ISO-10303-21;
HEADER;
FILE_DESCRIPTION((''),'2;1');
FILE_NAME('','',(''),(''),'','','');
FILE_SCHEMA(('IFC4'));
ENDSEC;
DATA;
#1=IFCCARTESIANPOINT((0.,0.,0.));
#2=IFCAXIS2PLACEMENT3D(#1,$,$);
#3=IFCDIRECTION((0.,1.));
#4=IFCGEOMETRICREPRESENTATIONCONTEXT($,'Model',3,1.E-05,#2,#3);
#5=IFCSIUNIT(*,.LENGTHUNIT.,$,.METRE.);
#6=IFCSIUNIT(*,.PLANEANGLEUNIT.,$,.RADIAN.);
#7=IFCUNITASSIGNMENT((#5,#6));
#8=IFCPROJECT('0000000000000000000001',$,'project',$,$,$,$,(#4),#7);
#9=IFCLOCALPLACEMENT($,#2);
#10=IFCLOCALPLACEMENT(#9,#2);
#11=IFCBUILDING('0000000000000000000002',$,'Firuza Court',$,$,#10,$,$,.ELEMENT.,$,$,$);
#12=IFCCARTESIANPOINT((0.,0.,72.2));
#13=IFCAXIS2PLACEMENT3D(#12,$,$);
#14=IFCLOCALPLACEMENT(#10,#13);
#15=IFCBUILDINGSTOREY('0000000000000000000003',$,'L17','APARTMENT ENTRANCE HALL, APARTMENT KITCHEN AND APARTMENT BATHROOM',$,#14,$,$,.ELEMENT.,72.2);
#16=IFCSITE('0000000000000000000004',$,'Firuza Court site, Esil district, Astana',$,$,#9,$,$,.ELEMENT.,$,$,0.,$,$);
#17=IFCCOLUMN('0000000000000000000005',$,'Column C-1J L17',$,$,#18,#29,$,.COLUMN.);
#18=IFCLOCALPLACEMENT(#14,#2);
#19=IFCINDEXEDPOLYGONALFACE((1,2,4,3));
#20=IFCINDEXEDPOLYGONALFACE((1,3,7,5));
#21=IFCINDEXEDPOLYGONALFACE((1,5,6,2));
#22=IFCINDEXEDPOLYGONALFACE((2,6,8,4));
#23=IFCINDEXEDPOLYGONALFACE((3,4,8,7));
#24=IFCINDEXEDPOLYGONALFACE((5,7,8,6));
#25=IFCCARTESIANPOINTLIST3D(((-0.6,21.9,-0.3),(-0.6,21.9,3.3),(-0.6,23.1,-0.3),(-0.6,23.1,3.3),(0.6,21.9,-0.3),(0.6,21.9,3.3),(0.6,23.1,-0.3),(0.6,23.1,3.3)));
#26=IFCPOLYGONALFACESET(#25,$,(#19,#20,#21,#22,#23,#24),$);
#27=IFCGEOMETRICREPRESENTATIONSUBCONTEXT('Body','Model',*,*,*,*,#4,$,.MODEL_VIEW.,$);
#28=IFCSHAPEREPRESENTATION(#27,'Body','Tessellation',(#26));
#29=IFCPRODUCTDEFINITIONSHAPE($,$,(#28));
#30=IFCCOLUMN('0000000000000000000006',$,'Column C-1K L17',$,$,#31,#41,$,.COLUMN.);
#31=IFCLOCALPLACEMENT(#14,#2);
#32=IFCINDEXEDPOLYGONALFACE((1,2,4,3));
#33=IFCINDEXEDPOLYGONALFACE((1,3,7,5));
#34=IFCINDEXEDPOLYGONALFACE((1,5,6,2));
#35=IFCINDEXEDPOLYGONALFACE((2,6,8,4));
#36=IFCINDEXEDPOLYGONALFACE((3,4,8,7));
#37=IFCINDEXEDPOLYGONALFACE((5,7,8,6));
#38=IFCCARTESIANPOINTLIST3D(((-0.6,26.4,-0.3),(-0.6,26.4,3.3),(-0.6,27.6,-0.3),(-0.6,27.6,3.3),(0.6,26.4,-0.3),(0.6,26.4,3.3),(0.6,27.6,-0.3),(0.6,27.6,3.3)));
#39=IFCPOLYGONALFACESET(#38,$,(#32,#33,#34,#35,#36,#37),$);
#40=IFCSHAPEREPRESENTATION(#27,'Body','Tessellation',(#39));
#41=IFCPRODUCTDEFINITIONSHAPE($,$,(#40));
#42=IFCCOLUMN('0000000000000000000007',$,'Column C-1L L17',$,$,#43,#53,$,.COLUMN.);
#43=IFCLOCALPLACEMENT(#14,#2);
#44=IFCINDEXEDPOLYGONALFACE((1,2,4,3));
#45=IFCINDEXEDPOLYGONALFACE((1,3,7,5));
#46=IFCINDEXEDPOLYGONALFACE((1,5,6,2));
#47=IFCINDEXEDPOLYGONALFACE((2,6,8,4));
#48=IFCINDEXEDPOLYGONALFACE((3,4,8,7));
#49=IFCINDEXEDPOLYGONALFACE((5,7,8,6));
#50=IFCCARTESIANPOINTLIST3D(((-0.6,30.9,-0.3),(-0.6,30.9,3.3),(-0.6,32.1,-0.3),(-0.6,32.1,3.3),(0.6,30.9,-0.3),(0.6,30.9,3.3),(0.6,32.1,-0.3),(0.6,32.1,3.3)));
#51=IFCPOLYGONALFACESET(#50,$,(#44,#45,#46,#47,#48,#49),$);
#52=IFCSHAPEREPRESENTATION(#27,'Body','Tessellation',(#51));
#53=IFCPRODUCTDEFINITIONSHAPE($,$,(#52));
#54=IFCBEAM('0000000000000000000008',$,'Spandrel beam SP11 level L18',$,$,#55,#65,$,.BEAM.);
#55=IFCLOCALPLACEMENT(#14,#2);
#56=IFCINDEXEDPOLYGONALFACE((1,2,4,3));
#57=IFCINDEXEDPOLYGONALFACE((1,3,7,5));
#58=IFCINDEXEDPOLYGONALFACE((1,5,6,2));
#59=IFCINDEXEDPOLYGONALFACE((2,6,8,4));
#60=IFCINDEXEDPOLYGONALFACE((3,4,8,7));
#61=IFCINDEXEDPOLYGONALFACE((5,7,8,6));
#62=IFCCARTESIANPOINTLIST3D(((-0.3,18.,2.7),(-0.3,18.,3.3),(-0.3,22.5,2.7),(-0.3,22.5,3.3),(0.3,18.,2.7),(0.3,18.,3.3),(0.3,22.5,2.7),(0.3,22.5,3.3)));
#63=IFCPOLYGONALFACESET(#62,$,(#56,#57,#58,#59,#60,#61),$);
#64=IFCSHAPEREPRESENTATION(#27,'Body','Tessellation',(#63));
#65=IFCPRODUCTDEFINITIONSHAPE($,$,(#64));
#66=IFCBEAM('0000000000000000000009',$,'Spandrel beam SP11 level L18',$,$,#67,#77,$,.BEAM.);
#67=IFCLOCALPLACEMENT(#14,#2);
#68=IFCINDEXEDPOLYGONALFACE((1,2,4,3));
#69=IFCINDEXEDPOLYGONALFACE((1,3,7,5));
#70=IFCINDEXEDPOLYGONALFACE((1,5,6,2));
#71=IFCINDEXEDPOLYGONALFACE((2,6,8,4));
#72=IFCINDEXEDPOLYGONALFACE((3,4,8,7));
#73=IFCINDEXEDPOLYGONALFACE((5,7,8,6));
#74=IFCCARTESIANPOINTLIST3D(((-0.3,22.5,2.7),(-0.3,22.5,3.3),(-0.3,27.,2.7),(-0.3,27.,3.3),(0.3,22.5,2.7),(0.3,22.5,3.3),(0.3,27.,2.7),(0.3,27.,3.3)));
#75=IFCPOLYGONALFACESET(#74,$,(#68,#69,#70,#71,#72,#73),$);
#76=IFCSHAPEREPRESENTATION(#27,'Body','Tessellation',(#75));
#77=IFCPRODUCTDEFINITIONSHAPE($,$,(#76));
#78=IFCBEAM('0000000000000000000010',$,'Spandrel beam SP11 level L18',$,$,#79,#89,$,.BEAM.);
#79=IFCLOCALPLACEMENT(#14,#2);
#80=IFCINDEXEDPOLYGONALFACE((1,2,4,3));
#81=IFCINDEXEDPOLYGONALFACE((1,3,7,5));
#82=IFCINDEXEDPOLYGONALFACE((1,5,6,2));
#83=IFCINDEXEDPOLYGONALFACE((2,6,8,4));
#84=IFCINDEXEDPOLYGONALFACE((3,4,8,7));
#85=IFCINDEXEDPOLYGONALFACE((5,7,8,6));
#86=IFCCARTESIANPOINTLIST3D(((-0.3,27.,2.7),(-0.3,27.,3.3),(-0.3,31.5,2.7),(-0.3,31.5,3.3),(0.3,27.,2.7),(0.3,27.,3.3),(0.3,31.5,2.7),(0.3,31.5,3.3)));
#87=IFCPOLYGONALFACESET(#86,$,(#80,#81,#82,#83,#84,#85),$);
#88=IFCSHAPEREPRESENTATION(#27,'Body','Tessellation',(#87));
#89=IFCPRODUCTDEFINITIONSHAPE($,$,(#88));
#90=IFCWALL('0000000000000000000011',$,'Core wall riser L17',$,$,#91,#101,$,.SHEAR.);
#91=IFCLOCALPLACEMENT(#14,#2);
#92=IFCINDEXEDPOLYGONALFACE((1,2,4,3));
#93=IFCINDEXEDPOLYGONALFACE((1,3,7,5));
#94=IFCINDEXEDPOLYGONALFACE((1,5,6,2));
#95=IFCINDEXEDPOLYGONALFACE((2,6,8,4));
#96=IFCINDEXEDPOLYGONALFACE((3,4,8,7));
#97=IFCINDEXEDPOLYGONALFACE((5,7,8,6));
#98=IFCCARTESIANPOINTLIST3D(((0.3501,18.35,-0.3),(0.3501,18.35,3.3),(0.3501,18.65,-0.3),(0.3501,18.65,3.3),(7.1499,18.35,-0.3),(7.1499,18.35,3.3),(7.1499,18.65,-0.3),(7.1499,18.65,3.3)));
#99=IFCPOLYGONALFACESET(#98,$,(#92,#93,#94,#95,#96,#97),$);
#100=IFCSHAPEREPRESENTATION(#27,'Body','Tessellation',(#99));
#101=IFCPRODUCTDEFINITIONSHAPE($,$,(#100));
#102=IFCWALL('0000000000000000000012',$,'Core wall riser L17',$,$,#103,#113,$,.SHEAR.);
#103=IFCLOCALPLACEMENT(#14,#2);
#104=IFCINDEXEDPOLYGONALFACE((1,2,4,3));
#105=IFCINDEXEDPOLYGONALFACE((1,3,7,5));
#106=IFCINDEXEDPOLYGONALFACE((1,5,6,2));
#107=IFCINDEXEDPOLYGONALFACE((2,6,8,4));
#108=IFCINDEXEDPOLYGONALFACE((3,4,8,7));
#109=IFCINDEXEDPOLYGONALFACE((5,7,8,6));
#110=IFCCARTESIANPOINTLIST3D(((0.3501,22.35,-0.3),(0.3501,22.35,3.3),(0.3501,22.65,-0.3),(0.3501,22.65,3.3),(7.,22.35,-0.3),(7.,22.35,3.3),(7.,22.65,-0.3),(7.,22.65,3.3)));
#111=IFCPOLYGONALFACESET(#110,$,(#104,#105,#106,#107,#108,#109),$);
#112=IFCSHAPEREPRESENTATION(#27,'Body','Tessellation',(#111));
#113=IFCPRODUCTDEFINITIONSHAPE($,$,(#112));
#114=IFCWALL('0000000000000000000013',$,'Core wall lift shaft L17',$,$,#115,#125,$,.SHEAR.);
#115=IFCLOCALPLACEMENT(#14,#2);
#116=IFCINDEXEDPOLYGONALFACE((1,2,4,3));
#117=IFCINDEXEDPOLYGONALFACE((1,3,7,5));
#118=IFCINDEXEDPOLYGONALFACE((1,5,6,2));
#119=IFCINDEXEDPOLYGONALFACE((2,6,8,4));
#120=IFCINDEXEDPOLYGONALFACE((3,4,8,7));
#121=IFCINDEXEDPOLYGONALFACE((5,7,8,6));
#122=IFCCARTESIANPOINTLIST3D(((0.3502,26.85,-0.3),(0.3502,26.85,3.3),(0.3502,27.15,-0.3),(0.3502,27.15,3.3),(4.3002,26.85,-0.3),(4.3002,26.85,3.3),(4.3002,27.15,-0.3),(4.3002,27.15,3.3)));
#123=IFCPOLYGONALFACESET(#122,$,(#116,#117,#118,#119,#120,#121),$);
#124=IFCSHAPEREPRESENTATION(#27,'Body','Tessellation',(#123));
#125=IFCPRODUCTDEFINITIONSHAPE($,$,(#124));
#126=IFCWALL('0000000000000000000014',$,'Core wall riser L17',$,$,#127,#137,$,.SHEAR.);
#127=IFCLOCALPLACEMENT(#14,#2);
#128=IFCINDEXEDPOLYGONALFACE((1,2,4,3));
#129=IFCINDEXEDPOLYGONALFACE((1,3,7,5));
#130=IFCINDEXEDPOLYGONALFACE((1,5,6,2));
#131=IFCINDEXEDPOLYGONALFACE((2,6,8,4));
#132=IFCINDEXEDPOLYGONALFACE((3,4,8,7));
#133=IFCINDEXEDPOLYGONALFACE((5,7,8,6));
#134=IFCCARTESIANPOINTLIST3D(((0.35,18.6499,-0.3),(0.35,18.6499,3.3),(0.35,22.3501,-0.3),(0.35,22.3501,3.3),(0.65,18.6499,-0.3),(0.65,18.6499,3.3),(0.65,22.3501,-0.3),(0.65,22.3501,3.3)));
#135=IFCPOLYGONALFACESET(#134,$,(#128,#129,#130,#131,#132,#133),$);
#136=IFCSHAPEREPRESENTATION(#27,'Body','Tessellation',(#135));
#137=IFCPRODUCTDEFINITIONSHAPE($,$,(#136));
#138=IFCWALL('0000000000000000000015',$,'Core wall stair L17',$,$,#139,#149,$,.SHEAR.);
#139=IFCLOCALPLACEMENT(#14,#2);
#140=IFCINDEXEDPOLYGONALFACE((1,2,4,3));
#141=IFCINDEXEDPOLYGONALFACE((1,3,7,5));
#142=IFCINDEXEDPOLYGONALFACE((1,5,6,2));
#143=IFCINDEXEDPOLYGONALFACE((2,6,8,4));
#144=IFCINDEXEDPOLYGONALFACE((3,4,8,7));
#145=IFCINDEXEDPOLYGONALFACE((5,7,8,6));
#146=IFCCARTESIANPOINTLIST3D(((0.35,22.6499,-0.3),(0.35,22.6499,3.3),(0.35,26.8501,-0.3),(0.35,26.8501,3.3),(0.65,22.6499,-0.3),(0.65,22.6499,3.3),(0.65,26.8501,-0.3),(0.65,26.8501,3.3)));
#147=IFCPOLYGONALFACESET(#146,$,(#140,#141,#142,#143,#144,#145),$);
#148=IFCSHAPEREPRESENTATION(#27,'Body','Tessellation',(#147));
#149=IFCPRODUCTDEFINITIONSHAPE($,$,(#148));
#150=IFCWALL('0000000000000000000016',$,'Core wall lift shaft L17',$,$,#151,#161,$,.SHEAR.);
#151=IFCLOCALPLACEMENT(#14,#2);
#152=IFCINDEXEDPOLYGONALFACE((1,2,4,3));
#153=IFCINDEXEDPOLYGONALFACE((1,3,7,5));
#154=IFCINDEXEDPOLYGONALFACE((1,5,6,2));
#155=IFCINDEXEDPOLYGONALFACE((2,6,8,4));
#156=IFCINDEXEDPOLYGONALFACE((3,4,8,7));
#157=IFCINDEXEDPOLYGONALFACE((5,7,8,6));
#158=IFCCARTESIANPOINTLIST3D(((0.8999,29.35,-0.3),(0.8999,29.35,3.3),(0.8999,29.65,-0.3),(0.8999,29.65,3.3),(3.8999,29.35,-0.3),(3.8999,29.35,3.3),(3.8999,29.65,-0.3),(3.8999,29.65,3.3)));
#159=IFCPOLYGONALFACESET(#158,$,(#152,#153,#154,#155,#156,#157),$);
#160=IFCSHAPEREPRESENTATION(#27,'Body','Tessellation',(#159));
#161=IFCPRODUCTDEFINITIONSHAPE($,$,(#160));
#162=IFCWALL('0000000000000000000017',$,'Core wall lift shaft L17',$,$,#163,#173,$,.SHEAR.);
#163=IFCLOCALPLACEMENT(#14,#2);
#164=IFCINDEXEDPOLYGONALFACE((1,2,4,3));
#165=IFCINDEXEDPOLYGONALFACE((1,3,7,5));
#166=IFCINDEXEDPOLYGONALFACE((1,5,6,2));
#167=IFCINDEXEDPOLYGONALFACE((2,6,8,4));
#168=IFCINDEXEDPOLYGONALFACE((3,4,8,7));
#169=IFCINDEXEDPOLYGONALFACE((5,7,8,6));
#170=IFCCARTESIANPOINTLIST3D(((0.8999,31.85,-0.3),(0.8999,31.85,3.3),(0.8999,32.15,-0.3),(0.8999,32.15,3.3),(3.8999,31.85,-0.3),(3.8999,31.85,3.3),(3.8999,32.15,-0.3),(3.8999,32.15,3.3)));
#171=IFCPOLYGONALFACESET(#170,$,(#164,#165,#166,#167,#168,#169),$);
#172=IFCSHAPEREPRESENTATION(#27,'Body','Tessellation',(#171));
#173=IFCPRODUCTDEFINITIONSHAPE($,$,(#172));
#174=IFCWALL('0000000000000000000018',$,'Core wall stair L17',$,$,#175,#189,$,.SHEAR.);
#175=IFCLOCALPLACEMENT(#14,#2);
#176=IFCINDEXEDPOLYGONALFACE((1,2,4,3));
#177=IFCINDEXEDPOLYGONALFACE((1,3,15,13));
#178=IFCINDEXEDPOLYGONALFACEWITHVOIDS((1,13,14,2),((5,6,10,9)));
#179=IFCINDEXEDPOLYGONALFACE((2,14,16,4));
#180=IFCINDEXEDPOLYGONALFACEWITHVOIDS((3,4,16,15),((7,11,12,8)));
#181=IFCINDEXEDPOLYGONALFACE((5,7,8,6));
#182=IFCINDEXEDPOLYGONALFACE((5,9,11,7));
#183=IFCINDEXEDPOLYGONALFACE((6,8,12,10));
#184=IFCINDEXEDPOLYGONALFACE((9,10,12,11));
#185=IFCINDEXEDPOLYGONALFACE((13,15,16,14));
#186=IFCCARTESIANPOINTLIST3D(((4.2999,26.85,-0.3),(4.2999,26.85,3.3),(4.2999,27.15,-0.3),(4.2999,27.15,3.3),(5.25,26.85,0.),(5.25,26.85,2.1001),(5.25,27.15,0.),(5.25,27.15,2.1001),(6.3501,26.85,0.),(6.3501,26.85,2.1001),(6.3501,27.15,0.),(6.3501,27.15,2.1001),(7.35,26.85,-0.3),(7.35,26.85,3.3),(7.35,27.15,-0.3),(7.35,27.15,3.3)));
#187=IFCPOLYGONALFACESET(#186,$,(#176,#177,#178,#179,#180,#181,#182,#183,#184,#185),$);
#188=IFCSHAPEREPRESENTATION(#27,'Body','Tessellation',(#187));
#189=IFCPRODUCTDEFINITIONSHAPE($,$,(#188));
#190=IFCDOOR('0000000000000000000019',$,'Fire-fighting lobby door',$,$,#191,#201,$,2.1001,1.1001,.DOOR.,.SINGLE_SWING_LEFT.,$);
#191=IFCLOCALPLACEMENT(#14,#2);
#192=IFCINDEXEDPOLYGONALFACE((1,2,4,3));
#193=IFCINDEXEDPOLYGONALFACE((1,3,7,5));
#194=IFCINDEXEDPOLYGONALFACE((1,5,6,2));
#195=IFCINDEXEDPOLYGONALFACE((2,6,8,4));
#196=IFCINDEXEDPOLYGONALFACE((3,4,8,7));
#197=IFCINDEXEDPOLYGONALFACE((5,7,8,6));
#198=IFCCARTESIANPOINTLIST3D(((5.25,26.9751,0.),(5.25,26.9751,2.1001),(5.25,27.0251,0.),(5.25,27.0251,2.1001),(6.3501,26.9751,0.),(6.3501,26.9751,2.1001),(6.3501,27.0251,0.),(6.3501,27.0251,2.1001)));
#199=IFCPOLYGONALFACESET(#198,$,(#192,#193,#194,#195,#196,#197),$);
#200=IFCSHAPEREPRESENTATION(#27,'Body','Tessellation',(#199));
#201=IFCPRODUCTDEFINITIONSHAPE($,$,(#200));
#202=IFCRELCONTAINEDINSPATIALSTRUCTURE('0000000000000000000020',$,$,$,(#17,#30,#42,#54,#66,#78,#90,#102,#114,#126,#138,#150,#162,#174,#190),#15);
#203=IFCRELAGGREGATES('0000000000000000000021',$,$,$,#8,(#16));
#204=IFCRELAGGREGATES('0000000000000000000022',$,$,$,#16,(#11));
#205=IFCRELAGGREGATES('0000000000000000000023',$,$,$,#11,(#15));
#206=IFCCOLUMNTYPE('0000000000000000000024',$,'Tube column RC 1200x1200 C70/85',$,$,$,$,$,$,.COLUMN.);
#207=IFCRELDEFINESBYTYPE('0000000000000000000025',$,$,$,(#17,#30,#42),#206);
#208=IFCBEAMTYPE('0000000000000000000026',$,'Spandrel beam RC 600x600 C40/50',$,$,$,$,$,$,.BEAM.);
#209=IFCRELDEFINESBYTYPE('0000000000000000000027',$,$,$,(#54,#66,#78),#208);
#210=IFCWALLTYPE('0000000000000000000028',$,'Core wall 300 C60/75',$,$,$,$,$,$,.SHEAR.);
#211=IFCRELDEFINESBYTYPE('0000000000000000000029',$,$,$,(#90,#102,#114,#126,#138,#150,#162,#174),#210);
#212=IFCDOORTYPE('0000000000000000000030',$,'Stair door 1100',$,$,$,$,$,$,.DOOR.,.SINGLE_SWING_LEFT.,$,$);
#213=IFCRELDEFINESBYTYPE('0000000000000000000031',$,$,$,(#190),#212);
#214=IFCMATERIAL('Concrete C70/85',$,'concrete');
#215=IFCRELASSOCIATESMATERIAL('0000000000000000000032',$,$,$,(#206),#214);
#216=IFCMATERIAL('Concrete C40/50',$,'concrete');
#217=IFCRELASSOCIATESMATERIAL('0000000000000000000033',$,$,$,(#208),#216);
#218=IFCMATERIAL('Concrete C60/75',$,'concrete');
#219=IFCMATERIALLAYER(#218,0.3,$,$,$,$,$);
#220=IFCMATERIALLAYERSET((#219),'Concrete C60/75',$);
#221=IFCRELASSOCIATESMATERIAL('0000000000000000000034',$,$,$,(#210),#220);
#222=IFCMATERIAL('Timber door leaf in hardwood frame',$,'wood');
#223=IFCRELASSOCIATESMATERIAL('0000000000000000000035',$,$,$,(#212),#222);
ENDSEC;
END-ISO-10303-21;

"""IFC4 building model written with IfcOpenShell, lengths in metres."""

from ifc_helpers import new_model, si_unit, direction, frame, frame_2d, origin, origin_2d, place, context, subcontext, project, spatial, rectangle, extrude, material, layer, layer_set, material_profile, profile_set, type_object, element, fill, save


model = new_model("IFC4")

# Units and contexts
model_context = context("Model", 3, precision=1e-05, world=origin(), true_north=direction((0.0, 1.0)))
body_context = subcontext(model_context, "Body", "Model", "MODEL_VIEW")
ifc_project = project(units=[si_unit("LENGTHUNIT", "METRE"), si_unit("PLANEANGLEUNIT", "RADIAN")], contexts=[model_context])

# Site, building, storey
site_placement = place(None, origin())
site = spatial("IfcSite", under=ifc_project, at=site_placement, Name="Firuza Court site, Esil district, Astana", CompositionType="ELEMENT", RefElevation=0.0)
building_placement = place(site_placement, origin())
building = spatial("IfcBuilding", under=site, at=building_placement, Name="Firuza Court", CompositionType="ELEMENT")
storey_placement = place(building_placement, frame((0.0, 0.0, 72.2)))
storey = spatial("IfcBuildingStorey", under=building, at=storey_placement, Name="L17", Description="APARTMENT ENTRANCE HALL, APARTMENT KITCHEN AND APARTMENT BATHROOM", CompositionType="ELEMENT", Elevation=72.2)

# Columns
ifc_material_1 = material(Name="Concrete C70/85", Category="concrete")
ifc_material_profile_1 = material_profile(ifc_material_1, rectangle(XDim=1.2, YDim=1.2, at=origin_2d()), Name="RC 1200x1200")
ifc_profile_set_1 = profile_set([ifc_material_profile_1], Name="Concrete C70/85")
column_type = type_object("IfcColumnType", Name="Tube column RC 1200x1200 C70/85", PredefinedType="COLUMN", material=ifc_profile_set_1)
for number, where, z_axis, x_axis, name in (
    (1, (0.0, 22.5, -0.3), (0.0, 0.0, 1.0), (1.0, 0.0, 0.0), "Column C-1J L17"),
    (2, (0.0, 27.0, -0.3), (0.0, 0.0, 1.0), (1.0, 0.0, 0.0), "Column C-1K L17"),
    (3, (0.0, 31.5, -0.3), (0.0, 0.0, 1.0), (1.0, 0.0, 0.0), "Column C-1L L17"),
):
    element("IfcColumn", number, at=place(storey_placement, frame(where, z_axis=z_axis, x_axis=x_axis)), inside=storey, type_object=column_type, Name=name, PredefinedType="COLUMN", context=body_context, shape_type="SweptSolid", body=[
        extrude(rectangle(XDim=1.2, YDim=1.2, at=origin_2d()), origin(), (0.0, 0.0, 1.0), 3.6001),
    ])

# Beams
ifc_material_2 = material(Name="Concrete C40/50", Category="concrete")
ifc_material_profile_2 = material_profile(ifc_material_2, rectangle(XDim=0.6001, YDim=0.6001, at=origin_2d()), Name="RC 600x600")
ifc_profile_set_2 = profile_set([ifc_material_profile_2], Name="Concrete C40/50")
beam_type = type_object("IfcBeamType", Name="Spandrel beam RC 600x600 C40/50", PredefinedType="BEAM", material=ifc_profile_set_2)
for number, where, z_axis, x_axis, name in (
    (4, (0.0, 22.5, 3.0), (0.0, -1.0, 0.0), (1.0, 0.0, 0.0), "Spandrel beam SP11 level L18"),
    (5, (0.0, 27.0, 3.0), (0.0, -1.0, 0.0), (1.0, 0.0, 0.0), "Spandrel beam SP11 level L18"),
    (6, (0.0, 31.5, 3.0), (0.0, -1.0, 0.0), (1.0, 0.0, 0.0), "Spandrel beam SP11 level L18"),
):
    element("IfcBeam", number, at=place(storey_placement, frame(where, z_axis=z_axis, x_axis=x_axis)), inside=storey, type_object=beam_type, Name=name, PredefinedType="BEAM", context=body_context, shape_type="SweptSolid", body=[
        extrude(rectangle(XDim=0.6001, YDim=0.6001, at=origin_2d()), origin(), (0.0, 0.0, 1.0), 4.5),
    ])

# Walls
ifc_material_3 = material(Name="Concrete C60/75", Category="concrete")
ifc_layer_1 = layer(ifc_material_3, 0.3)
ifc_layer_set_1 = layer_set([ifc_layer_1], Name="Concrete C60/75")
wall_type_1 = type_object("IfcWallType", Name="Core wall 300 C60/75", PredefinedType="SHEAR", material=ifc_layer_set_1)
wall_1_placement = place(storey_placement, frame((0.3501, 18.5, -0.3), z_axis=(0.0, 0.0, 1.0), x_axis=(1.0, 0.0, 0.0)))
element("IfcWall", 7, at=wall_1_placement, inside=storey, type_object=wall_type_1, Name="Core wall riser L17", PredefinedType="SHEAR", context=body_context, shape_type="SweptSolid", body=[
    extrude(rectangle(XDim=6.7998, YDim=0.3, at=frame_2d((3.3999, 0.0))), origin(), (0.0, 0.0, 1.0), 3.6001),
])
wall_2_placement = place(storey_placement, frame((0.3501, 22.5, -0.3), z_axis=(0.0, 0.0, 1.0), x_axis=(1.0, 0.0, 0.0)))
element("IfcWall", 8, at=wall_2_placement, inside=storey, type_object=wall_type_1, Name="Core wall riser L17", PredefinedType="SHEAR", context=body_context, shape_type="SweptSolid", body=[
    extrude(rectangle(XDim=6.6499, YDim=0.3, at=frame_2d((3.325, 0.0))), origin(), (0.0, 0.0, 1.0), 3.6001),
])
wall_3_placement = place(storey_placement, frame((0.3501, 27.0, -0.3), z_axis=(0.0, 0.0, 1.0), x_axis=(1.0, 0.0, 0.0)))
element("IfcWall", 9, at=wall_3_placement, inside=storey, type_object=wall_type_1, Name="Core wall lift shaft L17", PredefinedType="SHEAR", context=body_context, shape_type="SweptSolid", body=[
    extrude(rectangle(XDim=3.95, YDim=0.3, at=frame_2d((1.9751, 0.0))), origin(), (0.0, 0.0, 1.0), 3.6001),
])
wall_4_placement = place(storey_placement, frame((0.5, 18.6499, -0.3), z_axis=(0.0, 0.0, 1.0), x_axis=(0.0, 1.0, 0.0)))
element("IfcWall", 10, at=wall_4_placement, inside=storey, type_object=wall_type_1, Name="Core wall riser L17", PredefinedType="SHEAR", context=body_context, shape_type="SweptSolid", body=[
    extrude(rectangle(XDim=3.7002, YDim=0.3, at=frame_2d((1.8501, 0.0))), origin(), (0.0, 0.0, 1.0), 3.6001),
])
wall_5_placement = place(storey_placement, frame((0.5, 22.6499, -0.3), z_axis=(0.0, 0.0, 1.0), x_axis=(0.0, 1.0, 0.0)))
element("IfcWall", 11, at=wall_5_placement, inside=storey, type_object=wall_type_1, Name="Core wall stair L17", PredefinedType="SHEAR", context=body_context, shape_type="SweptSolid", body=[
    extrude(rectangle(XDim=4.2002, YDim=0.3, at=frame_2d((2.1001, 0.0))), origin(), (0.0, 0.0, 1.0), 3.6001),
])
for number, where, z_axis, x_axis, name in (
    (12, (0.8999, 29.5, -0.3), (0.0, 0.0, 1.0), (1.0, 0.0, 0.0), "Core wall lift shaft L17"),
    (13, (0.8999, 32.0, -0.3), (0.0, 0.0, 1.0), (1.0, 0.0, 0.0), "Core wall lift shaft L17"),
):
    element("IfcWall", number, at=place(storey_placement, frame(where, z_axis=z_axis, x_axis=x_axis)), inside=storey, type_object=wall_type_1, Name=name, PredefinedType="SHEAR", context=body_context, shape_type="SweptSolid", body=[
        extrude(rectangle(XDim=3.0, YDim=0.3, at=frame_2d((1.5, 0.0))), origin(), (0.0, 0.0, 1.0), 3.6001),
    ])

# Wall, opening, door
wall_6_placement = place(storey_placement, frame((4.3, 27.0, -0.3), z_axis=(0.0, 0.0, 1.0), x_axis=(1.0, 0.0, 0.0)))
wall_6 = element("IfcWall", 14, at=wall_6_placement, inside=storey, type_object=wall_type_1, Name="Core wall stair L17", PredefinedType="SHEAR", context=body_context, shape_type="SweptSolid", body=[
    extrude(rectangle(XDim=3.05, YDim=0.3, at=frame_2d((1.5249, 0.0))), origin(), (0.0, 0.0, 1.0), 3.6001),
])
opening_1_placement = place(wall_6_placement, frame((0.95, 0.0, 0.3)))
opening_1 = element("IfcOpeningElement", 15, at=opening_1_placement, cuts=wall_6, PredefinedType="OPENING", context=body_context, shape_type="SweptSolid", body=[
    extrude(rectangle(XDim=1.1001, YDim=2.1001, at=frame_2d((0.55, 1.05))), frame((0.0, 0.1621, 0.0), z_axis=(0.0, -1.0, 0.0), x_axis=(1.0, 0.0, 0.0)), (0.0, 0.0, 1.0), 0.324),
])
ifc_material_4 = material(Name="Timber door leaf in hardwood frame", Category="wood")
door_type_1 = type_object("IfcDoorType", Name="Stair door 1100", OperationType="SINGLE_SWING_LEFT", PredefinedType="DOOR", material=ifc_material_4)
door_1_placement = place(opening_1_placement, frame((1.1001, 0.0, 0.0), z_axis=(0.0, 0.0, 1.0), x_axis=(-1.0, 0.0, 0.0)))
door_1 = element("IfcDoor", 16, at=door_1_placement, inside=storey, type_object=door_type_1, Name="Fire-fighting lobby door", OperationType="SINGLE_SWING_LEFT", OverallHeight=2.1001, OverallWidth=1.1001, PredefinedType="DOOR", context=body_context, shape_type="SweptSolid", body=[
    extrude(rectangle(XDim=1.1001, YDim=2.1001, at=frame_2d((0.55, 1.05))), frame((0.0, 0.0249, 0.0), z_axis=(0.0, -1.0, 0.0), x_axis=(1.0, 0.0, 0.0)), (0.0, 0.0, 1.0), 0.05),
])
fill(opening_1, door_1)

save(model, "model.ifc")
